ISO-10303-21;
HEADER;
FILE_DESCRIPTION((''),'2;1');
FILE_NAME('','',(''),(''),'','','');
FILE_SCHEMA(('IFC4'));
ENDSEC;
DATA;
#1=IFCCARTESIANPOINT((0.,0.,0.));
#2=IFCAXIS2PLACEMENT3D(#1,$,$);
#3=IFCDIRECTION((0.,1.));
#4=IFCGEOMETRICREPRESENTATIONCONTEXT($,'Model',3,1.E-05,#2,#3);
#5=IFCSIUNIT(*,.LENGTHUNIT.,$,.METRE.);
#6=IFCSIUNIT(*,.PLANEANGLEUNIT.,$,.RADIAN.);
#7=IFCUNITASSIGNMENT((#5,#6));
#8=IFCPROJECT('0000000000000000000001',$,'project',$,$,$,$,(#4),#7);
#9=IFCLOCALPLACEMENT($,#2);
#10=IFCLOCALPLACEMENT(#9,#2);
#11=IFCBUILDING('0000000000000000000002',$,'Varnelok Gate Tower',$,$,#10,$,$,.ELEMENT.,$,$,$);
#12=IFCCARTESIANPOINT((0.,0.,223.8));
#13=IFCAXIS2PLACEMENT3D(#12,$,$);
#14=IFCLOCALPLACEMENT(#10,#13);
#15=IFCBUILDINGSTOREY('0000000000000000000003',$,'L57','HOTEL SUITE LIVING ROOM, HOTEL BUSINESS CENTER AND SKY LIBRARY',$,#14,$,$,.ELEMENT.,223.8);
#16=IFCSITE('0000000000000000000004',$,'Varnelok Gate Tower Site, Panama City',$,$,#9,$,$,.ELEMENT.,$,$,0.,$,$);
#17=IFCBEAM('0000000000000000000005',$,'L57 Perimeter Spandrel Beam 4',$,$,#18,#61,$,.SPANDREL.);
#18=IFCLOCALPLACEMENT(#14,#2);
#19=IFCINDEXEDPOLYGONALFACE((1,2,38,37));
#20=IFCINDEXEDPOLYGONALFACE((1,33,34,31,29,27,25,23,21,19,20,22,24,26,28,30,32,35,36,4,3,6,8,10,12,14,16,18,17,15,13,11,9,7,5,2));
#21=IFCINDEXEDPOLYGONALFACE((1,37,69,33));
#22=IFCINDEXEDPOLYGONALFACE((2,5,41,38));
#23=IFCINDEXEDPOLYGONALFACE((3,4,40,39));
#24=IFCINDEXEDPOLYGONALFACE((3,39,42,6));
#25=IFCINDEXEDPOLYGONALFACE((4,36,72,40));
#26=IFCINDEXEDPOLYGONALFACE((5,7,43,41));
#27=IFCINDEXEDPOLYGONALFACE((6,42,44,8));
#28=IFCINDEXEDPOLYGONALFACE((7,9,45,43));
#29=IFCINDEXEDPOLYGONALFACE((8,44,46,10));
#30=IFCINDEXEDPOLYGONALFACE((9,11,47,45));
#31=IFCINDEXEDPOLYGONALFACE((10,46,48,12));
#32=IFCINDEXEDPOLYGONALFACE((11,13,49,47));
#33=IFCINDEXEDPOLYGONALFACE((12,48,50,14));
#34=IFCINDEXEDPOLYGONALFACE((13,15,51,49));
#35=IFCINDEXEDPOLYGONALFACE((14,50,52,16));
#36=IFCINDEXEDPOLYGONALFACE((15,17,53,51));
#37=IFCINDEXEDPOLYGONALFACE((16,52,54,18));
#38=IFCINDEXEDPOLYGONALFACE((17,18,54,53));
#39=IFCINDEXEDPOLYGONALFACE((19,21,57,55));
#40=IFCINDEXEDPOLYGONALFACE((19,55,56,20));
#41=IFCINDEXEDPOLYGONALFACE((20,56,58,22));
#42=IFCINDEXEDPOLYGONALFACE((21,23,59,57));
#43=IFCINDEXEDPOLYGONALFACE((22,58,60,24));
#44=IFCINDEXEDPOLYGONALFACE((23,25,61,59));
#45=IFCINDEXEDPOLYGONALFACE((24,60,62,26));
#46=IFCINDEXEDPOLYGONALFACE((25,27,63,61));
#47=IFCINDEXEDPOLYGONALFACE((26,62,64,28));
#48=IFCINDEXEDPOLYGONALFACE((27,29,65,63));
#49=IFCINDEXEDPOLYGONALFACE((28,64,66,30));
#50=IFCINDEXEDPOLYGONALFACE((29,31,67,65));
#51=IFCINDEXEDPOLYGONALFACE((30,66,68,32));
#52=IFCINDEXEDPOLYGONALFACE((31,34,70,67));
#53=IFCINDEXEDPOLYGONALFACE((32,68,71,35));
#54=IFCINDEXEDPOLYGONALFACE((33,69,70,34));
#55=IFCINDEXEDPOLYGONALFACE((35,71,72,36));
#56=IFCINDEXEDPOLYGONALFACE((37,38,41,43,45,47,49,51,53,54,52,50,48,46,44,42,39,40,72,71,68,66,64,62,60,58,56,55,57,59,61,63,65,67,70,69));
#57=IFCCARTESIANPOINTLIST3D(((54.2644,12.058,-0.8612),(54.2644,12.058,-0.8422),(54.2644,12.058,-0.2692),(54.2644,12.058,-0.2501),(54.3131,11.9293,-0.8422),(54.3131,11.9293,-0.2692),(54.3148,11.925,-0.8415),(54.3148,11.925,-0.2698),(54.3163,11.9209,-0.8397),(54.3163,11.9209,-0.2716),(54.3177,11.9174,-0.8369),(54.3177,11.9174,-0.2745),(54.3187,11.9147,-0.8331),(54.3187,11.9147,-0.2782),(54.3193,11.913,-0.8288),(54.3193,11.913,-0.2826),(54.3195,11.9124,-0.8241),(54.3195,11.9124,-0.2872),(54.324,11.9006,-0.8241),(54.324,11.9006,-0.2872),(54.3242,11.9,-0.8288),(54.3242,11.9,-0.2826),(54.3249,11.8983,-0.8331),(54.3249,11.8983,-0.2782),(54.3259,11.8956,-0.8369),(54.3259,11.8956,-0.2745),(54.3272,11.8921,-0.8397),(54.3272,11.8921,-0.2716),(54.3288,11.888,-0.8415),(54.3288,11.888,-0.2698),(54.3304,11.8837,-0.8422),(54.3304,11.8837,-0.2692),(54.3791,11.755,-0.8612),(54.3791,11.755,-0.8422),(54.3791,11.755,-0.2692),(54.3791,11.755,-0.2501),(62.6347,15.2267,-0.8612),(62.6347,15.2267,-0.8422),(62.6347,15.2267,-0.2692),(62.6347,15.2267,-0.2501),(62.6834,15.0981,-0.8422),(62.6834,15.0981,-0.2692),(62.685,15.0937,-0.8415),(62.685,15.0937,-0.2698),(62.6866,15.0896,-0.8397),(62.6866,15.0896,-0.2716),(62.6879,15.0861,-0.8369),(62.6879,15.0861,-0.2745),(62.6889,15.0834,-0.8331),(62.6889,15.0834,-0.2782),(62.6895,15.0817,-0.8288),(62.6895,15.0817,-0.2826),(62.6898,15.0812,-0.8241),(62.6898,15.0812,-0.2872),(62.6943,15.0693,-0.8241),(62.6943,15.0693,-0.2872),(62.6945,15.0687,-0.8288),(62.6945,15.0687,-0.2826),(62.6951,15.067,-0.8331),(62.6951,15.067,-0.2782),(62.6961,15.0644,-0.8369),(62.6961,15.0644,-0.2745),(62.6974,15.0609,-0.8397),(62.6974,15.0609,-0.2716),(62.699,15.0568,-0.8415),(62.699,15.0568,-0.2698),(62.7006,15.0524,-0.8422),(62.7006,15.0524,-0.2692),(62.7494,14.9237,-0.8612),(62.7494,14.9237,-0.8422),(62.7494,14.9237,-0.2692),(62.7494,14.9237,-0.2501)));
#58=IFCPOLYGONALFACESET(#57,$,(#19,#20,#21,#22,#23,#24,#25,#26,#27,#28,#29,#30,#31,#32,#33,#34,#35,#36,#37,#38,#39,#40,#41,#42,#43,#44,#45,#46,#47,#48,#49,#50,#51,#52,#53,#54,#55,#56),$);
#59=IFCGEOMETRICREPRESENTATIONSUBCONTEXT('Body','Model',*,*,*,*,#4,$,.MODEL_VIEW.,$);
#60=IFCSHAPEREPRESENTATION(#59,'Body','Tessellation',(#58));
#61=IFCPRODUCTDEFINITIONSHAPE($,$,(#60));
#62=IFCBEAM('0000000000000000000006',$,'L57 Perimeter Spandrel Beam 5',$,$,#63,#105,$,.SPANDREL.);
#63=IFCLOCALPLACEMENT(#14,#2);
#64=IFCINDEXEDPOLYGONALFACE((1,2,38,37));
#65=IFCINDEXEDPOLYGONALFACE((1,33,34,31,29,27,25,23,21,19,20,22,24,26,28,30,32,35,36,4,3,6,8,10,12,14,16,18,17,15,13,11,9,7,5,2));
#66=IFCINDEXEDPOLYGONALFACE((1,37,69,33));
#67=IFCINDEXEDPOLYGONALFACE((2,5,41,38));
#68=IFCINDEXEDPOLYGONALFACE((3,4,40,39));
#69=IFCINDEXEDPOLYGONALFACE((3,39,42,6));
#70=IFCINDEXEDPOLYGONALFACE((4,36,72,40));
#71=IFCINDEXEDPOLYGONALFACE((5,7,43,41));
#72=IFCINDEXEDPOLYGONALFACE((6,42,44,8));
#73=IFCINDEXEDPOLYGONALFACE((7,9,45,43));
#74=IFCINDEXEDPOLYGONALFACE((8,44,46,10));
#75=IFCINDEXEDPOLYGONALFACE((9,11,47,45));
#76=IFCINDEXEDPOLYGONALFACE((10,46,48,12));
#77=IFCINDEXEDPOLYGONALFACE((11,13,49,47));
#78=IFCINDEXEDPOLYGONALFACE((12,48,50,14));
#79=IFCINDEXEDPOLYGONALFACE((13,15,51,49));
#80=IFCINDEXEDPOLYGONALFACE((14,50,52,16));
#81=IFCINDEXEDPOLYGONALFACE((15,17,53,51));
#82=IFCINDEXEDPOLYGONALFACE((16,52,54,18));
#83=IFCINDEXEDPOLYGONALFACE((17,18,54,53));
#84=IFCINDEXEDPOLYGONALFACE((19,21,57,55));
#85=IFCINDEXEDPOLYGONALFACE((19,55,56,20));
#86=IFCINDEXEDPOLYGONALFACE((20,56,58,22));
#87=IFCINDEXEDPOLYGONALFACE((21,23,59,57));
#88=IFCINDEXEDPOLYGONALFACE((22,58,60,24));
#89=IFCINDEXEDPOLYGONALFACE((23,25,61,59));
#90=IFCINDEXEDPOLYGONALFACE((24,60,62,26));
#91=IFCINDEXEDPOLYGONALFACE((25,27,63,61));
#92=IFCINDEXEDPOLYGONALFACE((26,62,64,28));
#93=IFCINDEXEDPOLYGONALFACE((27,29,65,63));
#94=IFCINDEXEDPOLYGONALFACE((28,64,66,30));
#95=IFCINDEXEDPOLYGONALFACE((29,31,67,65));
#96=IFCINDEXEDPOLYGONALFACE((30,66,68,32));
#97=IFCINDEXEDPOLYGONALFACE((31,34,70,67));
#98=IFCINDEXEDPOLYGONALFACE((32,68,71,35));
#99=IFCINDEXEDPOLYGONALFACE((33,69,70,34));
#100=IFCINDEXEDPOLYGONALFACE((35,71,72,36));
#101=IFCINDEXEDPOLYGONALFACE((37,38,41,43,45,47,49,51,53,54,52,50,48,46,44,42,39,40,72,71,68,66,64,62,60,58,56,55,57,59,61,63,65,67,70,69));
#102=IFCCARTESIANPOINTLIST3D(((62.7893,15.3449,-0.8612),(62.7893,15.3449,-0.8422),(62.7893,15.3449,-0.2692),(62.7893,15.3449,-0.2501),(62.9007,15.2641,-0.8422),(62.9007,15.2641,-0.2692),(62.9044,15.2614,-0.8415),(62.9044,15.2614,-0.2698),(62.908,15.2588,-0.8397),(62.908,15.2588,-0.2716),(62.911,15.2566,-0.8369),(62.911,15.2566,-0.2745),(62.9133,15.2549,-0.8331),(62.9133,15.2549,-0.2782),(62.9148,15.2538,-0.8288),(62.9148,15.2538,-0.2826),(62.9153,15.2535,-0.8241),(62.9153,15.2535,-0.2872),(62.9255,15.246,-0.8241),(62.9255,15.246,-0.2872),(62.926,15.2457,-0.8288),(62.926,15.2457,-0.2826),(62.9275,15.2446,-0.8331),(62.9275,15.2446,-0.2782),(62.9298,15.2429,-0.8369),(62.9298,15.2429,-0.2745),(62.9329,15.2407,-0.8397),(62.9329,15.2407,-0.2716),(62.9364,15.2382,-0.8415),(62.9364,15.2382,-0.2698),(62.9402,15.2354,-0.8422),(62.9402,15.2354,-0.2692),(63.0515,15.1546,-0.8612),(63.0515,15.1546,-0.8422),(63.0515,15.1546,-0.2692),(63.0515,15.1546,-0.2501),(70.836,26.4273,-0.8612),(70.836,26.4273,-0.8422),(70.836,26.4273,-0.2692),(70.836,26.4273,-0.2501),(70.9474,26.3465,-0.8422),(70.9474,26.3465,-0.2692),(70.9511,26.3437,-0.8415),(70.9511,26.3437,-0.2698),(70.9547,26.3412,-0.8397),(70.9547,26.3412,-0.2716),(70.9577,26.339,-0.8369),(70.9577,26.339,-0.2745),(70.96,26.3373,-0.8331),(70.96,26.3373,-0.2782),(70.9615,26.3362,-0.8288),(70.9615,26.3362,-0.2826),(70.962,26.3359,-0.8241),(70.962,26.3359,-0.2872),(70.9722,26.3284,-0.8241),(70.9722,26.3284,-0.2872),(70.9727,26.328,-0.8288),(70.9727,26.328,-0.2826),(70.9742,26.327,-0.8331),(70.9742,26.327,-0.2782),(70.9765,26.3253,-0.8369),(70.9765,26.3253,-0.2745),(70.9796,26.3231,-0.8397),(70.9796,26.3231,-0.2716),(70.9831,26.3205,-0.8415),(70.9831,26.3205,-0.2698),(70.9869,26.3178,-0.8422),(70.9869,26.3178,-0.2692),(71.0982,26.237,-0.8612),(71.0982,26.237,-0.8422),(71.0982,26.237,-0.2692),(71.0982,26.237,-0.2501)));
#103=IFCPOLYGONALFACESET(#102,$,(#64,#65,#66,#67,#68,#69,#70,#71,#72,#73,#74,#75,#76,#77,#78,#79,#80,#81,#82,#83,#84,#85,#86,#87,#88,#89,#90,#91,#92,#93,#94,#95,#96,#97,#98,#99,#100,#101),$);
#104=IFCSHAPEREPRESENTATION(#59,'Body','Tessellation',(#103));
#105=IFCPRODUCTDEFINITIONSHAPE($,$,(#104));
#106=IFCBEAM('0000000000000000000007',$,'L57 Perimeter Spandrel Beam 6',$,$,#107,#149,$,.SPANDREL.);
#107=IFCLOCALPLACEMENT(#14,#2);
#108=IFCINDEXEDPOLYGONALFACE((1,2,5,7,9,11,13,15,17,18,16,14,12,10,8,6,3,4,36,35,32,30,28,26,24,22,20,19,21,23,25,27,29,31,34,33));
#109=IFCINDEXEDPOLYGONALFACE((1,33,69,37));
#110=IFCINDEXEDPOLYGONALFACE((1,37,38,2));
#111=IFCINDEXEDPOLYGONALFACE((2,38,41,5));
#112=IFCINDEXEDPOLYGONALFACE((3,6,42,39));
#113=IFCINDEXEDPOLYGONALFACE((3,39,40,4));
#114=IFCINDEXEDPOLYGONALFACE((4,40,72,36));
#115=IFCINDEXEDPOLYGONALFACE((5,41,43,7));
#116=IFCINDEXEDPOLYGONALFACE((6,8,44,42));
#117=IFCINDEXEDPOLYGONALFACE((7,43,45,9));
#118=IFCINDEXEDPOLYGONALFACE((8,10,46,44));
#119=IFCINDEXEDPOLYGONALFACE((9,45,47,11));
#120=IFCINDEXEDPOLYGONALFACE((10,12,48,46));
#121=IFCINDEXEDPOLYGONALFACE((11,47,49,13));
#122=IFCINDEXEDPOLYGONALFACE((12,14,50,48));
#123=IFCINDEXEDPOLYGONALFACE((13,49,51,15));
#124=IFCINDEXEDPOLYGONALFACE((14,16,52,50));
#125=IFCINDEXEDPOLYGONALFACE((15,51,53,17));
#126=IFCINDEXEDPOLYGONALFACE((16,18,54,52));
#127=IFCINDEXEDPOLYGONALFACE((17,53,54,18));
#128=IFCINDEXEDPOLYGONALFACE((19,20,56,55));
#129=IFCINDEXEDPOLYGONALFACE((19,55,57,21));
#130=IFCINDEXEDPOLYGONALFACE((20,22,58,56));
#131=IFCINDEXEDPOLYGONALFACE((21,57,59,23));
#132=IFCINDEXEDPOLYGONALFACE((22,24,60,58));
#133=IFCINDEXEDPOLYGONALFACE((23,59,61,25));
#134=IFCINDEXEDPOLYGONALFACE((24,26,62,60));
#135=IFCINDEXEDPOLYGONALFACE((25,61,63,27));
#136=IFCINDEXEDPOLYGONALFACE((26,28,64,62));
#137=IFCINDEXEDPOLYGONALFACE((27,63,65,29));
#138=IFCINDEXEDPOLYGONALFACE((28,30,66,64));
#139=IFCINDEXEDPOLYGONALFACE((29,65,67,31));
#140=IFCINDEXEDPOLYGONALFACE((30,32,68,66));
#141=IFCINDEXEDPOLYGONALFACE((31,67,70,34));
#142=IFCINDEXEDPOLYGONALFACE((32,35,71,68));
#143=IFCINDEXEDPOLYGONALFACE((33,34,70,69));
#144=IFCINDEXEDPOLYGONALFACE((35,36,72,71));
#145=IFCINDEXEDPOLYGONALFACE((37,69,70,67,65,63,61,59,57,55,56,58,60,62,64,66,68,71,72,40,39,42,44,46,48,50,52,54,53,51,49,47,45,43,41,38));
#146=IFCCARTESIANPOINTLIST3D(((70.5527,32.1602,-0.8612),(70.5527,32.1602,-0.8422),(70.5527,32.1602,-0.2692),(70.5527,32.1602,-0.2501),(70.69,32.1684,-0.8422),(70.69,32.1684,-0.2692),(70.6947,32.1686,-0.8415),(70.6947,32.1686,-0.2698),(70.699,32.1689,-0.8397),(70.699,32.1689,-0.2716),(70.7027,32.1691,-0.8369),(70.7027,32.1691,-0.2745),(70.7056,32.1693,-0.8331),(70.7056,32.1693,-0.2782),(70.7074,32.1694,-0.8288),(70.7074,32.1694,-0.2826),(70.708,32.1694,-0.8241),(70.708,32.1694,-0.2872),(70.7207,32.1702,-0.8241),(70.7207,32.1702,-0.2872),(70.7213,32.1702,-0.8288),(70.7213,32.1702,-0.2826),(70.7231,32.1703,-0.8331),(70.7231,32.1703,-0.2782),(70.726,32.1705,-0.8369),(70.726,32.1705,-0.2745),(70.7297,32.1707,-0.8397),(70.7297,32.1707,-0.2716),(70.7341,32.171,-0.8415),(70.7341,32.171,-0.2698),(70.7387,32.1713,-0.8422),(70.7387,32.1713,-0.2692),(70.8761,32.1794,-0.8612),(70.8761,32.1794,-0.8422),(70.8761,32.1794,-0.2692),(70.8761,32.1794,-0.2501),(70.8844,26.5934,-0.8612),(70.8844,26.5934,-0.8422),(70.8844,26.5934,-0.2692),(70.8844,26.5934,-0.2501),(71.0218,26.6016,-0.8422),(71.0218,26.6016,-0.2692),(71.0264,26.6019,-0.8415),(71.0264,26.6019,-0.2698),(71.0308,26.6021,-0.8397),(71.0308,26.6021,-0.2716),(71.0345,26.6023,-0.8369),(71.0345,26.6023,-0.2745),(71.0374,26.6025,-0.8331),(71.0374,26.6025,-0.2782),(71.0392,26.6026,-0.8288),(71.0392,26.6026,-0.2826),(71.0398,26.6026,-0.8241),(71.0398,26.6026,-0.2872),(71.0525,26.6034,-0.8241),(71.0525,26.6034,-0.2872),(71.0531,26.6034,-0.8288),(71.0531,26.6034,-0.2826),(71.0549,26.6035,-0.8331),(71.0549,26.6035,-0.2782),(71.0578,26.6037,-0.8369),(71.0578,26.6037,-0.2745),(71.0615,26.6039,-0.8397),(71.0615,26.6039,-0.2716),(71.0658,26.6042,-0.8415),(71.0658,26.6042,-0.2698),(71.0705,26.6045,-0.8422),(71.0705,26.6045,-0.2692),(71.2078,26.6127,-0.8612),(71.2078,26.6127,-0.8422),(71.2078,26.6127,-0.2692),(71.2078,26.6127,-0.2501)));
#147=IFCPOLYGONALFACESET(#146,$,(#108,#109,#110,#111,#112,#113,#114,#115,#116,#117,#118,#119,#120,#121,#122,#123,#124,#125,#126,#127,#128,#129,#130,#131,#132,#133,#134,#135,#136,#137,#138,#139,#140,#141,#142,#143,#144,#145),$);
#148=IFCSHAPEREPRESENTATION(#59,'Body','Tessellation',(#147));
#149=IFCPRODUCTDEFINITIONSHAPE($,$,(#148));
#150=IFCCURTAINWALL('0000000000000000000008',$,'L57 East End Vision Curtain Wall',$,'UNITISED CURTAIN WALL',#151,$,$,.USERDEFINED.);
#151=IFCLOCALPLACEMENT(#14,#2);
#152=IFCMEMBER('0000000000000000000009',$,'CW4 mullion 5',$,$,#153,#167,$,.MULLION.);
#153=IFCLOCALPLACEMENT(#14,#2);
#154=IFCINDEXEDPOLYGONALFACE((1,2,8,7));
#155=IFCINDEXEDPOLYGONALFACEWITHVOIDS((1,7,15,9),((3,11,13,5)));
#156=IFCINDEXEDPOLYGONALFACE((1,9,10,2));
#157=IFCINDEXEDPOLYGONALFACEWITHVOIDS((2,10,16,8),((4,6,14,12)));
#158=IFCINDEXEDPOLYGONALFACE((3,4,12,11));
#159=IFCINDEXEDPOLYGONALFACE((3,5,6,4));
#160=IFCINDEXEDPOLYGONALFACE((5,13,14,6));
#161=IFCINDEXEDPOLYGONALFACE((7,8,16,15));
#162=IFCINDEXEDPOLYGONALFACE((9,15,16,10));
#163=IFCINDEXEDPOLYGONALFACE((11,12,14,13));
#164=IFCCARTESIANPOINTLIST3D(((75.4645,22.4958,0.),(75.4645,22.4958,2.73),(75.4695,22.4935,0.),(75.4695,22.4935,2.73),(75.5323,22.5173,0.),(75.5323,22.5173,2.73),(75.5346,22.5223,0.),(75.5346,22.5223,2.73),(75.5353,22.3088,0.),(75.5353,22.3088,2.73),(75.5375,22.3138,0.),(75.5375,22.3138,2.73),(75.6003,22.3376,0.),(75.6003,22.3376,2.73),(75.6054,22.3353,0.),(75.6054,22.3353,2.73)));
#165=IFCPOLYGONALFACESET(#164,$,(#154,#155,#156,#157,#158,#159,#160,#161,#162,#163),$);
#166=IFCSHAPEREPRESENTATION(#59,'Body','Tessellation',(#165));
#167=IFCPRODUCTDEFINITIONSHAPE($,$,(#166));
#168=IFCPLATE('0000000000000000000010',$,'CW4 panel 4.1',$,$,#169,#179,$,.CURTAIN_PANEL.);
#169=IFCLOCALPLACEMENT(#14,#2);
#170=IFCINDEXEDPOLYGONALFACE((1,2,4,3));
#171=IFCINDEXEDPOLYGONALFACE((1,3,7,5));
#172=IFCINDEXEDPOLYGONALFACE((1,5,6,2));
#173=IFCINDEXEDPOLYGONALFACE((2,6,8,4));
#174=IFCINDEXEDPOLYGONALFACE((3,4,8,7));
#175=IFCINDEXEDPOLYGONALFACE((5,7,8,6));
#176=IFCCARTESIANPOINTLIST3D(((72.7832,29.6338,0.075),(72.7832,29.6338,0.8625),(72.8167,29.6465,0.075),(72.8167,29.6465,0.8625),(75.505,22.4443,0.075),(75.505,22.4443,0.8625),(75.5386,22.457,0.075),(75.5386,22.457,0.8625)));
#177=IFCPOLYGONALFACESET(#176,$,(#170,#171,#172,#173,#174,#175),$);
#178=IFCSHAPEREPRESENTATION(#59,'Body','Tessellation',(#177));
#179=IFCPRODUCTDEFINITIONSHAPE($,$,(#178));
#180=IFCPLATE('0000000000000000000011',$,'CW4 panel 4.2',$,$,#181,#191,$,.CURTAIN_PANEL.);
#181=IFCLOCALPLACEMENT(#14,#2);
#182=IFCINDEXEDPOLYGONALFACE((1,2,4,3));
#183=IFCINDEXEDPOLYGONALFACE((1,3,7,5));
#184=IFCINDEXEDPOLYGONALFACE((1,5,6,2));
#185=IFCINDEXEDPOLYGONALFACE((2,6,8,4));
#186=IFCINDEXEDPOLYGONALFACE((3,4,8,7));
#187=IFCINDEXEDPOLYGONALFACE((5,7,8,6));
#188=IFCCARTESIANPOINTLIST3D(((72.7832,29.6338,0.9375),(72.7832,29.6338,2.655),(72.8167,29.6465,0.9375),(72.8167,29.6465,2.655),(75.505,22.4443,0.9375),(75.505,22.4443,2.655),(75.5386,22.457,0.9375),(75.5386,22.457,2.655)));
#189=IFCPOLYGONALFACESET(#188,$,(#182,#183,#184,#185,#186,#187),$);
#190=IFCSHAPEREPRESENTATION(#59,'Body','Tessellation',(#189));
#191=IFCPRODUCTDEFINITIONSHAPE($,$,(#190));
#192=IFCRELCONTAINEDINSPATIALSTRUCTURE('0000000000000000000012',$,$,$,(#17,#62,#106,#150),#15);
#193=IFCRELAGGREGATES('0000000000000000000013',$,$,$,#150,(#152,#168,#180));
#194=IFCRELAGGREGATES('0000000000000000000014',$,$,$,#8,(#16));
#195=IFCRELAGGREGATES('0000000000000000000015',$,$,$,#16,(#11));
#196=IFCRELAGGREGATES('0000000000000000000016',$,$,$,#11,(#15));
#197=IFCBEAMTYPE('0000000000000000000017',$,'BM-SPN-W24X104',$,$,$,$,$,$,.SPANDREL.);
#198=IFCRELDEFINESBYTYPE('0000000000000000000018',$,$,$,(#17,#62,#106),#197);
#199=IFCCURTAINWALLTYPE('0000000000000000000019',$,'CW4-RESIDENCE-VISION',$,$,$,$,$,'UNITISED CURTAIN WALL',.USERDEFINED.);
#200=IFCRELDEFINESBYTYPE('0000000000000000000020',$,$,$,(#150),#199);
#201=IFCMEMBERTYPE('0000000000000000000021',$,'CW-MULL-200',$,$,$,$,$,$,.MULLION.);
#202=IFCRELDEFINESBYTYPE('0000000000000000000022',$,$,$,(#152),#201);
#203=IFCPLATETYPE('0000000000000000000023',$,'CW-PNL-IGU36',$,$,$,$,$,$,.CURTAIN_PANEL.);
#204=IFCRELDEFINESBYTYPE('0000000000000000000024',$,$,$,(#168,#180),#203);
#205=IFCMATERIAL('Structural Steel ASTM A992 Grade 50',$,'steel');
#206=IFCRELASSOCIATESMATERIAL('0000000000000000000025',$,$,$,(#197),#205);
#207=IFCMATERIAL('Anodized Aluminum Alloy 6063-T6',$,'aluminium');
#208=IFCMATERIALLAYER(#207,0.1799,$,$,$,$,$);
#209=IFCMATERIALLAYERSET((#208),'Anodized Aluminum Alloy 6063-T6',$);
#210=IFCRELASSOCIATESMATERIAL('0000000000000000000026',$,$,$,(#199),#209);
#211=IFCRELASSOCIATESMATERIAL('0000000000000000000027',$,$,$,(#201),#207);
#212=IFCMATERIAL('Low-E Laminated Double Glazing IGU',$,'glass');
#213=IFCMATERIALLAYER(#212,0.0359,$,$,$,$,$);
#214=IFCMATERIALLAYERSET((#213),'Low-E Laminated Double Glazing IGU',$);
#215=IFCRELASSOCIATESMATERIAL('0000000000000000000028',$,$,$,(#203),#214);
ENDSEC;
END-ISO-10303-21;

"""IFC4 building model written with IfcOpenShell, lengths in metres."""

from ifc_helpers import new_model, si_unit, direction, frame, origin, origin_2d, place, context, subcontext, project, spatial, rectangle, hollow_rectangle, i_section, extrude, source, transform, mapped, material, layer, layer_set, material_profile, profile_set, type_object, element, aggregate, save


model = new_model("IFC4")

# Units and contexts
model_context = context("Model", 3, precision=1e-05, world=origin(), true_north=direction((0.0, 1.0)))
body_context = subcontext(model_context, "Body", "Model", "MODEL_VIEW")
ifc_project = project(units=[si_unit("LENGTHUNIT", "METRE"), si_unit("PLANEANGLEUNIT", "RADIAN")], contexts=[model_context])

# Site, building, storey
site_placement = place(None, origin())
site = spatial("IfcSite", under=ifc_project, at=site_placement, Name="Varnelok Gate Tower Site, Panama City", CompositionType="ELEMENT", RefElevation=0.0)
building_placement = place(site_placement, origin())
building = spatial("IfcBuilding", under=site, at=building_placement, Name="Varnelok Gate Tower", CompositionType="ELEMENT")
storey_placement = place(building_placement, frame((0.0, 0.0, 223.8)))
storey = spatial("IfcBuildingStorey", under=building, at=storey_placement, Name="L57", Description="HOTEL SUITE LIVING ROOM, HOTEL BUSINESS CENTER AND SKY LIBRARY", CompositionType="ELEMENT", Elevation=223.8)

# Shared definitions
ifc_material_1 = material(Name="Structural Steel ASTM A992 Grade 50", Category="steel")

# Beams
ifc_material_profile_1 = material_profile(ifc_material_1, i_section(OverallWidth=0.324, OverallDepth=0.6111, WebThickness=0.0127, FlangeThickness=0.019, FilletRadius=0.0181, at=origin_2d()), Name="W24X104")
ifc_profile_set_1 = profile_set([ifc_material_profile_1], Name="Structural Steel ASTM A992 Grade 50")
beam_type_1 = type_object("IfcBeamType", Name="BM-SPN-W24X104", PredefinedType="SPANDREL", material=ifc_profile_set_1)
beam_1_placement = place(storey_placement, frame((54.3218, 11.9065, -0.5557), z_axis=(0.935226, 0.354051, 0.0), x_axis=(-0.354051, 0.935226, 0.0)))
element("IfcBeam", 1, at=beam_1_placement, inside=storey, type_object=beam_type_1, Name="L57 Perimeter Spandrel Beam 4", PredefinedType="SPANDREL", context=body_context, shape_type="SweptSolid", body=[
    extrude(i_section(OverallWidth=0.324, OverallDepth=0.6111, WebThickness=0.0127, FlangeThickness=0.019, FilletRadius=0.0181, at=origin_2d()), origin(), (0.0, 0.0, 1.0), 8.95),
])
beam_2_placement = place(storey_placement, frame((62.9204, 15.2498, -0.5557), z_axis=(0.587541, 0.809195, 0.0), x_axis=(-0.809195, 0.587541, 0.0)))
element("IfcBeam", 2, at=beam_2_placement, inside=storey, type_object=beam_type_1, Name="L57 Perimeter Spandrel Beam 5", PredefinedType="SPANDREL", context=body_context, shape_type="SweptSolid", body=[
    extrude(i_section(OverallWidth=0.324, OverallDepth=0.6111, WebThickness=0.0127, FlangeThickness=0.019, FilletRadius=0.0181, at=origin_2d()), origin(), (0.0, 0.0, 1.0), 13.6956),
])
beam_3_placement = place(storey_placement, frame((71.0461, 26.603, -0.5557), z_axis=(-0.059494, 0.998229, 0.0), x_axis=(-0.998229, -0.059494, 0.0)))
element("IfcBeam", 3, at=beam_3_placement, inside=storey, type_object=beam_type_1, Name="L57 Perimeter Spandrel Beam 6", PredefinedType="SPANDREL", context=body_context, shape_type="SweptSolid", body=[
    extrude(i_section(OverallWidth=0.324, OverallDepth=0.6111, WebThickness=0.0127, FlangeThickness=0.019, FilletRadius=0.0181, at=origin_2d()), origin(), (0.0, 0.0, 1.0), 5.5767),
])

# Curtain wall, member, plates
ifc_material_2 = material(Name="Anodized Aluminum Alloy 6063-T6", Category="aluminium")
ifc_layer_1 = layer(ifc_material_2, 0.1799)
ifc_layer_set_1 = layer_set([ifc_layer_1], Name="Anodized Aluminum Alloy 6063-T6")
curtain_wall_type = type_object("IfcCurtainWallType", Name="CW4-RESIDENCE-VISION", ElementType="UNITISED CURTAIN WALL", PredefinedType="USERDEFINED", material=ifc_layer_set_1)
curtain_wall_placement = place(storey_placement, origin())
curtain_wall = element("IfcCurtainWall", 4, at=curtain_wall_placement, inside=storey, type_object=curtain_wall_type, Name="L57 East End Vision Curtain Wall", ObjectType="UNITISED CURTAIN WALL", PredefinedType="USERDEFINED")
ifc_material_profile_2 = material_profile(ifc_material_2, hollow_rectangle(XDim=0.075, YDim=0.2, WallThickness=0.0039, at=origin_2d()), Name="ALU200X75X4")
ifc_profile_set_2 = profile_set([ifc_material_profile_2], Name="Anodized Aluminum Alloy 6063-T6")
member_type = type_object("IfcMemberType", Name="CW-MULL-200", PredefinedType="MULLION", material=ifc_profile_set_2)
member_placement = place(storey_placement, frame((75.5349, 22.4155, 0.0), z_axis=(0.0, 0.0, 1.0), x_axis=(0.935222, 0.354063, 0.0)))
member = element("IfcMember", 5, at=member_placement, type_object=member_type, Name="CW4 mullion 5", PredefinedType="MULLION", context=body_context, shape_type="SweptSolid", body=[
    extrude(hollow_rectangle(XDim=0.075, YDim=0.2, WallThickness=0.0039, at=origin_2d()), origin(), (0.0, 0.0, 1.0), 2.73),
])
ifc_material_3 = material(Name="Low-E Laminated Double Glazing IGU", Category="glass")
ifc_layer_2 = layer(ifc_material_3, 0.0359)
ifc_layer_set_2 = layer_set([ifc_layer_2], Name="Low-E Laminated Double Glazing IGU")
plate_type = type_object("IfcPlateType", Name="CW-PNL-IGU36", PredefinedType="CURTAIN_PANEL", material=ifc_layer_set_2)
shared_shape_1 = source(origin(), body_context, "Body", "SweptSolid", [
    extrude(rectangle(XDim=7.6875, YDim=0.0359, at=origin_2d()), origin(), (0.0, 0.0, 1.0), 0.7876),
])
plate_1_placement = place(storey_placement, frame((74.1609, 26.0454, 0.075), z_axis=(0.0, 0.0, 1.0), x_axis=(0.354063, -0.935222, 0.0)))
plate_1 = element("IfcPlate", 6, at=plate_1_placement, type_object=plate_type, Name="CW4 panel 4.1", PredefinedType="CURTAIN_PANEL", context=body_context, shape_type="MappedRepresentation", body=[
    mapped(shared_shape_1, transform((0.0, 0.0, 0.0), scale=1.0)),
])
shared_shape_2 = source(origin(), body_context, "Body", "SweptSolid", [
    extrude(rectangle(XDim=7.6875, YDim=0.0359, at=origin_2d()), origin(), (0.0, 0.0, 1.0), 1.7175),
])
plate_2_placement = place(storey_placement, frame((74.1609, 26.0454, 0.9375), z_axis=(0.0, 0.0, 1.0), x_axis=(0.354063, -0.935222, 0.0)))
plate_2 = element("IfcPlate", 7, at=plate_2_placement, type_object=plate_type, Name="CW4 panel 4.2", PredefinedType="CURTAIN_PANEL", context=body_context, shape_type="MappedRepresentation", body=[
    mapped(shared_shape_2, transform((0.0, 0.0, 0.0), scale=1.0)),
])
aggregate(curtain_wall, [member, plate_1, plate_2])

save(model, "model.ifc")
